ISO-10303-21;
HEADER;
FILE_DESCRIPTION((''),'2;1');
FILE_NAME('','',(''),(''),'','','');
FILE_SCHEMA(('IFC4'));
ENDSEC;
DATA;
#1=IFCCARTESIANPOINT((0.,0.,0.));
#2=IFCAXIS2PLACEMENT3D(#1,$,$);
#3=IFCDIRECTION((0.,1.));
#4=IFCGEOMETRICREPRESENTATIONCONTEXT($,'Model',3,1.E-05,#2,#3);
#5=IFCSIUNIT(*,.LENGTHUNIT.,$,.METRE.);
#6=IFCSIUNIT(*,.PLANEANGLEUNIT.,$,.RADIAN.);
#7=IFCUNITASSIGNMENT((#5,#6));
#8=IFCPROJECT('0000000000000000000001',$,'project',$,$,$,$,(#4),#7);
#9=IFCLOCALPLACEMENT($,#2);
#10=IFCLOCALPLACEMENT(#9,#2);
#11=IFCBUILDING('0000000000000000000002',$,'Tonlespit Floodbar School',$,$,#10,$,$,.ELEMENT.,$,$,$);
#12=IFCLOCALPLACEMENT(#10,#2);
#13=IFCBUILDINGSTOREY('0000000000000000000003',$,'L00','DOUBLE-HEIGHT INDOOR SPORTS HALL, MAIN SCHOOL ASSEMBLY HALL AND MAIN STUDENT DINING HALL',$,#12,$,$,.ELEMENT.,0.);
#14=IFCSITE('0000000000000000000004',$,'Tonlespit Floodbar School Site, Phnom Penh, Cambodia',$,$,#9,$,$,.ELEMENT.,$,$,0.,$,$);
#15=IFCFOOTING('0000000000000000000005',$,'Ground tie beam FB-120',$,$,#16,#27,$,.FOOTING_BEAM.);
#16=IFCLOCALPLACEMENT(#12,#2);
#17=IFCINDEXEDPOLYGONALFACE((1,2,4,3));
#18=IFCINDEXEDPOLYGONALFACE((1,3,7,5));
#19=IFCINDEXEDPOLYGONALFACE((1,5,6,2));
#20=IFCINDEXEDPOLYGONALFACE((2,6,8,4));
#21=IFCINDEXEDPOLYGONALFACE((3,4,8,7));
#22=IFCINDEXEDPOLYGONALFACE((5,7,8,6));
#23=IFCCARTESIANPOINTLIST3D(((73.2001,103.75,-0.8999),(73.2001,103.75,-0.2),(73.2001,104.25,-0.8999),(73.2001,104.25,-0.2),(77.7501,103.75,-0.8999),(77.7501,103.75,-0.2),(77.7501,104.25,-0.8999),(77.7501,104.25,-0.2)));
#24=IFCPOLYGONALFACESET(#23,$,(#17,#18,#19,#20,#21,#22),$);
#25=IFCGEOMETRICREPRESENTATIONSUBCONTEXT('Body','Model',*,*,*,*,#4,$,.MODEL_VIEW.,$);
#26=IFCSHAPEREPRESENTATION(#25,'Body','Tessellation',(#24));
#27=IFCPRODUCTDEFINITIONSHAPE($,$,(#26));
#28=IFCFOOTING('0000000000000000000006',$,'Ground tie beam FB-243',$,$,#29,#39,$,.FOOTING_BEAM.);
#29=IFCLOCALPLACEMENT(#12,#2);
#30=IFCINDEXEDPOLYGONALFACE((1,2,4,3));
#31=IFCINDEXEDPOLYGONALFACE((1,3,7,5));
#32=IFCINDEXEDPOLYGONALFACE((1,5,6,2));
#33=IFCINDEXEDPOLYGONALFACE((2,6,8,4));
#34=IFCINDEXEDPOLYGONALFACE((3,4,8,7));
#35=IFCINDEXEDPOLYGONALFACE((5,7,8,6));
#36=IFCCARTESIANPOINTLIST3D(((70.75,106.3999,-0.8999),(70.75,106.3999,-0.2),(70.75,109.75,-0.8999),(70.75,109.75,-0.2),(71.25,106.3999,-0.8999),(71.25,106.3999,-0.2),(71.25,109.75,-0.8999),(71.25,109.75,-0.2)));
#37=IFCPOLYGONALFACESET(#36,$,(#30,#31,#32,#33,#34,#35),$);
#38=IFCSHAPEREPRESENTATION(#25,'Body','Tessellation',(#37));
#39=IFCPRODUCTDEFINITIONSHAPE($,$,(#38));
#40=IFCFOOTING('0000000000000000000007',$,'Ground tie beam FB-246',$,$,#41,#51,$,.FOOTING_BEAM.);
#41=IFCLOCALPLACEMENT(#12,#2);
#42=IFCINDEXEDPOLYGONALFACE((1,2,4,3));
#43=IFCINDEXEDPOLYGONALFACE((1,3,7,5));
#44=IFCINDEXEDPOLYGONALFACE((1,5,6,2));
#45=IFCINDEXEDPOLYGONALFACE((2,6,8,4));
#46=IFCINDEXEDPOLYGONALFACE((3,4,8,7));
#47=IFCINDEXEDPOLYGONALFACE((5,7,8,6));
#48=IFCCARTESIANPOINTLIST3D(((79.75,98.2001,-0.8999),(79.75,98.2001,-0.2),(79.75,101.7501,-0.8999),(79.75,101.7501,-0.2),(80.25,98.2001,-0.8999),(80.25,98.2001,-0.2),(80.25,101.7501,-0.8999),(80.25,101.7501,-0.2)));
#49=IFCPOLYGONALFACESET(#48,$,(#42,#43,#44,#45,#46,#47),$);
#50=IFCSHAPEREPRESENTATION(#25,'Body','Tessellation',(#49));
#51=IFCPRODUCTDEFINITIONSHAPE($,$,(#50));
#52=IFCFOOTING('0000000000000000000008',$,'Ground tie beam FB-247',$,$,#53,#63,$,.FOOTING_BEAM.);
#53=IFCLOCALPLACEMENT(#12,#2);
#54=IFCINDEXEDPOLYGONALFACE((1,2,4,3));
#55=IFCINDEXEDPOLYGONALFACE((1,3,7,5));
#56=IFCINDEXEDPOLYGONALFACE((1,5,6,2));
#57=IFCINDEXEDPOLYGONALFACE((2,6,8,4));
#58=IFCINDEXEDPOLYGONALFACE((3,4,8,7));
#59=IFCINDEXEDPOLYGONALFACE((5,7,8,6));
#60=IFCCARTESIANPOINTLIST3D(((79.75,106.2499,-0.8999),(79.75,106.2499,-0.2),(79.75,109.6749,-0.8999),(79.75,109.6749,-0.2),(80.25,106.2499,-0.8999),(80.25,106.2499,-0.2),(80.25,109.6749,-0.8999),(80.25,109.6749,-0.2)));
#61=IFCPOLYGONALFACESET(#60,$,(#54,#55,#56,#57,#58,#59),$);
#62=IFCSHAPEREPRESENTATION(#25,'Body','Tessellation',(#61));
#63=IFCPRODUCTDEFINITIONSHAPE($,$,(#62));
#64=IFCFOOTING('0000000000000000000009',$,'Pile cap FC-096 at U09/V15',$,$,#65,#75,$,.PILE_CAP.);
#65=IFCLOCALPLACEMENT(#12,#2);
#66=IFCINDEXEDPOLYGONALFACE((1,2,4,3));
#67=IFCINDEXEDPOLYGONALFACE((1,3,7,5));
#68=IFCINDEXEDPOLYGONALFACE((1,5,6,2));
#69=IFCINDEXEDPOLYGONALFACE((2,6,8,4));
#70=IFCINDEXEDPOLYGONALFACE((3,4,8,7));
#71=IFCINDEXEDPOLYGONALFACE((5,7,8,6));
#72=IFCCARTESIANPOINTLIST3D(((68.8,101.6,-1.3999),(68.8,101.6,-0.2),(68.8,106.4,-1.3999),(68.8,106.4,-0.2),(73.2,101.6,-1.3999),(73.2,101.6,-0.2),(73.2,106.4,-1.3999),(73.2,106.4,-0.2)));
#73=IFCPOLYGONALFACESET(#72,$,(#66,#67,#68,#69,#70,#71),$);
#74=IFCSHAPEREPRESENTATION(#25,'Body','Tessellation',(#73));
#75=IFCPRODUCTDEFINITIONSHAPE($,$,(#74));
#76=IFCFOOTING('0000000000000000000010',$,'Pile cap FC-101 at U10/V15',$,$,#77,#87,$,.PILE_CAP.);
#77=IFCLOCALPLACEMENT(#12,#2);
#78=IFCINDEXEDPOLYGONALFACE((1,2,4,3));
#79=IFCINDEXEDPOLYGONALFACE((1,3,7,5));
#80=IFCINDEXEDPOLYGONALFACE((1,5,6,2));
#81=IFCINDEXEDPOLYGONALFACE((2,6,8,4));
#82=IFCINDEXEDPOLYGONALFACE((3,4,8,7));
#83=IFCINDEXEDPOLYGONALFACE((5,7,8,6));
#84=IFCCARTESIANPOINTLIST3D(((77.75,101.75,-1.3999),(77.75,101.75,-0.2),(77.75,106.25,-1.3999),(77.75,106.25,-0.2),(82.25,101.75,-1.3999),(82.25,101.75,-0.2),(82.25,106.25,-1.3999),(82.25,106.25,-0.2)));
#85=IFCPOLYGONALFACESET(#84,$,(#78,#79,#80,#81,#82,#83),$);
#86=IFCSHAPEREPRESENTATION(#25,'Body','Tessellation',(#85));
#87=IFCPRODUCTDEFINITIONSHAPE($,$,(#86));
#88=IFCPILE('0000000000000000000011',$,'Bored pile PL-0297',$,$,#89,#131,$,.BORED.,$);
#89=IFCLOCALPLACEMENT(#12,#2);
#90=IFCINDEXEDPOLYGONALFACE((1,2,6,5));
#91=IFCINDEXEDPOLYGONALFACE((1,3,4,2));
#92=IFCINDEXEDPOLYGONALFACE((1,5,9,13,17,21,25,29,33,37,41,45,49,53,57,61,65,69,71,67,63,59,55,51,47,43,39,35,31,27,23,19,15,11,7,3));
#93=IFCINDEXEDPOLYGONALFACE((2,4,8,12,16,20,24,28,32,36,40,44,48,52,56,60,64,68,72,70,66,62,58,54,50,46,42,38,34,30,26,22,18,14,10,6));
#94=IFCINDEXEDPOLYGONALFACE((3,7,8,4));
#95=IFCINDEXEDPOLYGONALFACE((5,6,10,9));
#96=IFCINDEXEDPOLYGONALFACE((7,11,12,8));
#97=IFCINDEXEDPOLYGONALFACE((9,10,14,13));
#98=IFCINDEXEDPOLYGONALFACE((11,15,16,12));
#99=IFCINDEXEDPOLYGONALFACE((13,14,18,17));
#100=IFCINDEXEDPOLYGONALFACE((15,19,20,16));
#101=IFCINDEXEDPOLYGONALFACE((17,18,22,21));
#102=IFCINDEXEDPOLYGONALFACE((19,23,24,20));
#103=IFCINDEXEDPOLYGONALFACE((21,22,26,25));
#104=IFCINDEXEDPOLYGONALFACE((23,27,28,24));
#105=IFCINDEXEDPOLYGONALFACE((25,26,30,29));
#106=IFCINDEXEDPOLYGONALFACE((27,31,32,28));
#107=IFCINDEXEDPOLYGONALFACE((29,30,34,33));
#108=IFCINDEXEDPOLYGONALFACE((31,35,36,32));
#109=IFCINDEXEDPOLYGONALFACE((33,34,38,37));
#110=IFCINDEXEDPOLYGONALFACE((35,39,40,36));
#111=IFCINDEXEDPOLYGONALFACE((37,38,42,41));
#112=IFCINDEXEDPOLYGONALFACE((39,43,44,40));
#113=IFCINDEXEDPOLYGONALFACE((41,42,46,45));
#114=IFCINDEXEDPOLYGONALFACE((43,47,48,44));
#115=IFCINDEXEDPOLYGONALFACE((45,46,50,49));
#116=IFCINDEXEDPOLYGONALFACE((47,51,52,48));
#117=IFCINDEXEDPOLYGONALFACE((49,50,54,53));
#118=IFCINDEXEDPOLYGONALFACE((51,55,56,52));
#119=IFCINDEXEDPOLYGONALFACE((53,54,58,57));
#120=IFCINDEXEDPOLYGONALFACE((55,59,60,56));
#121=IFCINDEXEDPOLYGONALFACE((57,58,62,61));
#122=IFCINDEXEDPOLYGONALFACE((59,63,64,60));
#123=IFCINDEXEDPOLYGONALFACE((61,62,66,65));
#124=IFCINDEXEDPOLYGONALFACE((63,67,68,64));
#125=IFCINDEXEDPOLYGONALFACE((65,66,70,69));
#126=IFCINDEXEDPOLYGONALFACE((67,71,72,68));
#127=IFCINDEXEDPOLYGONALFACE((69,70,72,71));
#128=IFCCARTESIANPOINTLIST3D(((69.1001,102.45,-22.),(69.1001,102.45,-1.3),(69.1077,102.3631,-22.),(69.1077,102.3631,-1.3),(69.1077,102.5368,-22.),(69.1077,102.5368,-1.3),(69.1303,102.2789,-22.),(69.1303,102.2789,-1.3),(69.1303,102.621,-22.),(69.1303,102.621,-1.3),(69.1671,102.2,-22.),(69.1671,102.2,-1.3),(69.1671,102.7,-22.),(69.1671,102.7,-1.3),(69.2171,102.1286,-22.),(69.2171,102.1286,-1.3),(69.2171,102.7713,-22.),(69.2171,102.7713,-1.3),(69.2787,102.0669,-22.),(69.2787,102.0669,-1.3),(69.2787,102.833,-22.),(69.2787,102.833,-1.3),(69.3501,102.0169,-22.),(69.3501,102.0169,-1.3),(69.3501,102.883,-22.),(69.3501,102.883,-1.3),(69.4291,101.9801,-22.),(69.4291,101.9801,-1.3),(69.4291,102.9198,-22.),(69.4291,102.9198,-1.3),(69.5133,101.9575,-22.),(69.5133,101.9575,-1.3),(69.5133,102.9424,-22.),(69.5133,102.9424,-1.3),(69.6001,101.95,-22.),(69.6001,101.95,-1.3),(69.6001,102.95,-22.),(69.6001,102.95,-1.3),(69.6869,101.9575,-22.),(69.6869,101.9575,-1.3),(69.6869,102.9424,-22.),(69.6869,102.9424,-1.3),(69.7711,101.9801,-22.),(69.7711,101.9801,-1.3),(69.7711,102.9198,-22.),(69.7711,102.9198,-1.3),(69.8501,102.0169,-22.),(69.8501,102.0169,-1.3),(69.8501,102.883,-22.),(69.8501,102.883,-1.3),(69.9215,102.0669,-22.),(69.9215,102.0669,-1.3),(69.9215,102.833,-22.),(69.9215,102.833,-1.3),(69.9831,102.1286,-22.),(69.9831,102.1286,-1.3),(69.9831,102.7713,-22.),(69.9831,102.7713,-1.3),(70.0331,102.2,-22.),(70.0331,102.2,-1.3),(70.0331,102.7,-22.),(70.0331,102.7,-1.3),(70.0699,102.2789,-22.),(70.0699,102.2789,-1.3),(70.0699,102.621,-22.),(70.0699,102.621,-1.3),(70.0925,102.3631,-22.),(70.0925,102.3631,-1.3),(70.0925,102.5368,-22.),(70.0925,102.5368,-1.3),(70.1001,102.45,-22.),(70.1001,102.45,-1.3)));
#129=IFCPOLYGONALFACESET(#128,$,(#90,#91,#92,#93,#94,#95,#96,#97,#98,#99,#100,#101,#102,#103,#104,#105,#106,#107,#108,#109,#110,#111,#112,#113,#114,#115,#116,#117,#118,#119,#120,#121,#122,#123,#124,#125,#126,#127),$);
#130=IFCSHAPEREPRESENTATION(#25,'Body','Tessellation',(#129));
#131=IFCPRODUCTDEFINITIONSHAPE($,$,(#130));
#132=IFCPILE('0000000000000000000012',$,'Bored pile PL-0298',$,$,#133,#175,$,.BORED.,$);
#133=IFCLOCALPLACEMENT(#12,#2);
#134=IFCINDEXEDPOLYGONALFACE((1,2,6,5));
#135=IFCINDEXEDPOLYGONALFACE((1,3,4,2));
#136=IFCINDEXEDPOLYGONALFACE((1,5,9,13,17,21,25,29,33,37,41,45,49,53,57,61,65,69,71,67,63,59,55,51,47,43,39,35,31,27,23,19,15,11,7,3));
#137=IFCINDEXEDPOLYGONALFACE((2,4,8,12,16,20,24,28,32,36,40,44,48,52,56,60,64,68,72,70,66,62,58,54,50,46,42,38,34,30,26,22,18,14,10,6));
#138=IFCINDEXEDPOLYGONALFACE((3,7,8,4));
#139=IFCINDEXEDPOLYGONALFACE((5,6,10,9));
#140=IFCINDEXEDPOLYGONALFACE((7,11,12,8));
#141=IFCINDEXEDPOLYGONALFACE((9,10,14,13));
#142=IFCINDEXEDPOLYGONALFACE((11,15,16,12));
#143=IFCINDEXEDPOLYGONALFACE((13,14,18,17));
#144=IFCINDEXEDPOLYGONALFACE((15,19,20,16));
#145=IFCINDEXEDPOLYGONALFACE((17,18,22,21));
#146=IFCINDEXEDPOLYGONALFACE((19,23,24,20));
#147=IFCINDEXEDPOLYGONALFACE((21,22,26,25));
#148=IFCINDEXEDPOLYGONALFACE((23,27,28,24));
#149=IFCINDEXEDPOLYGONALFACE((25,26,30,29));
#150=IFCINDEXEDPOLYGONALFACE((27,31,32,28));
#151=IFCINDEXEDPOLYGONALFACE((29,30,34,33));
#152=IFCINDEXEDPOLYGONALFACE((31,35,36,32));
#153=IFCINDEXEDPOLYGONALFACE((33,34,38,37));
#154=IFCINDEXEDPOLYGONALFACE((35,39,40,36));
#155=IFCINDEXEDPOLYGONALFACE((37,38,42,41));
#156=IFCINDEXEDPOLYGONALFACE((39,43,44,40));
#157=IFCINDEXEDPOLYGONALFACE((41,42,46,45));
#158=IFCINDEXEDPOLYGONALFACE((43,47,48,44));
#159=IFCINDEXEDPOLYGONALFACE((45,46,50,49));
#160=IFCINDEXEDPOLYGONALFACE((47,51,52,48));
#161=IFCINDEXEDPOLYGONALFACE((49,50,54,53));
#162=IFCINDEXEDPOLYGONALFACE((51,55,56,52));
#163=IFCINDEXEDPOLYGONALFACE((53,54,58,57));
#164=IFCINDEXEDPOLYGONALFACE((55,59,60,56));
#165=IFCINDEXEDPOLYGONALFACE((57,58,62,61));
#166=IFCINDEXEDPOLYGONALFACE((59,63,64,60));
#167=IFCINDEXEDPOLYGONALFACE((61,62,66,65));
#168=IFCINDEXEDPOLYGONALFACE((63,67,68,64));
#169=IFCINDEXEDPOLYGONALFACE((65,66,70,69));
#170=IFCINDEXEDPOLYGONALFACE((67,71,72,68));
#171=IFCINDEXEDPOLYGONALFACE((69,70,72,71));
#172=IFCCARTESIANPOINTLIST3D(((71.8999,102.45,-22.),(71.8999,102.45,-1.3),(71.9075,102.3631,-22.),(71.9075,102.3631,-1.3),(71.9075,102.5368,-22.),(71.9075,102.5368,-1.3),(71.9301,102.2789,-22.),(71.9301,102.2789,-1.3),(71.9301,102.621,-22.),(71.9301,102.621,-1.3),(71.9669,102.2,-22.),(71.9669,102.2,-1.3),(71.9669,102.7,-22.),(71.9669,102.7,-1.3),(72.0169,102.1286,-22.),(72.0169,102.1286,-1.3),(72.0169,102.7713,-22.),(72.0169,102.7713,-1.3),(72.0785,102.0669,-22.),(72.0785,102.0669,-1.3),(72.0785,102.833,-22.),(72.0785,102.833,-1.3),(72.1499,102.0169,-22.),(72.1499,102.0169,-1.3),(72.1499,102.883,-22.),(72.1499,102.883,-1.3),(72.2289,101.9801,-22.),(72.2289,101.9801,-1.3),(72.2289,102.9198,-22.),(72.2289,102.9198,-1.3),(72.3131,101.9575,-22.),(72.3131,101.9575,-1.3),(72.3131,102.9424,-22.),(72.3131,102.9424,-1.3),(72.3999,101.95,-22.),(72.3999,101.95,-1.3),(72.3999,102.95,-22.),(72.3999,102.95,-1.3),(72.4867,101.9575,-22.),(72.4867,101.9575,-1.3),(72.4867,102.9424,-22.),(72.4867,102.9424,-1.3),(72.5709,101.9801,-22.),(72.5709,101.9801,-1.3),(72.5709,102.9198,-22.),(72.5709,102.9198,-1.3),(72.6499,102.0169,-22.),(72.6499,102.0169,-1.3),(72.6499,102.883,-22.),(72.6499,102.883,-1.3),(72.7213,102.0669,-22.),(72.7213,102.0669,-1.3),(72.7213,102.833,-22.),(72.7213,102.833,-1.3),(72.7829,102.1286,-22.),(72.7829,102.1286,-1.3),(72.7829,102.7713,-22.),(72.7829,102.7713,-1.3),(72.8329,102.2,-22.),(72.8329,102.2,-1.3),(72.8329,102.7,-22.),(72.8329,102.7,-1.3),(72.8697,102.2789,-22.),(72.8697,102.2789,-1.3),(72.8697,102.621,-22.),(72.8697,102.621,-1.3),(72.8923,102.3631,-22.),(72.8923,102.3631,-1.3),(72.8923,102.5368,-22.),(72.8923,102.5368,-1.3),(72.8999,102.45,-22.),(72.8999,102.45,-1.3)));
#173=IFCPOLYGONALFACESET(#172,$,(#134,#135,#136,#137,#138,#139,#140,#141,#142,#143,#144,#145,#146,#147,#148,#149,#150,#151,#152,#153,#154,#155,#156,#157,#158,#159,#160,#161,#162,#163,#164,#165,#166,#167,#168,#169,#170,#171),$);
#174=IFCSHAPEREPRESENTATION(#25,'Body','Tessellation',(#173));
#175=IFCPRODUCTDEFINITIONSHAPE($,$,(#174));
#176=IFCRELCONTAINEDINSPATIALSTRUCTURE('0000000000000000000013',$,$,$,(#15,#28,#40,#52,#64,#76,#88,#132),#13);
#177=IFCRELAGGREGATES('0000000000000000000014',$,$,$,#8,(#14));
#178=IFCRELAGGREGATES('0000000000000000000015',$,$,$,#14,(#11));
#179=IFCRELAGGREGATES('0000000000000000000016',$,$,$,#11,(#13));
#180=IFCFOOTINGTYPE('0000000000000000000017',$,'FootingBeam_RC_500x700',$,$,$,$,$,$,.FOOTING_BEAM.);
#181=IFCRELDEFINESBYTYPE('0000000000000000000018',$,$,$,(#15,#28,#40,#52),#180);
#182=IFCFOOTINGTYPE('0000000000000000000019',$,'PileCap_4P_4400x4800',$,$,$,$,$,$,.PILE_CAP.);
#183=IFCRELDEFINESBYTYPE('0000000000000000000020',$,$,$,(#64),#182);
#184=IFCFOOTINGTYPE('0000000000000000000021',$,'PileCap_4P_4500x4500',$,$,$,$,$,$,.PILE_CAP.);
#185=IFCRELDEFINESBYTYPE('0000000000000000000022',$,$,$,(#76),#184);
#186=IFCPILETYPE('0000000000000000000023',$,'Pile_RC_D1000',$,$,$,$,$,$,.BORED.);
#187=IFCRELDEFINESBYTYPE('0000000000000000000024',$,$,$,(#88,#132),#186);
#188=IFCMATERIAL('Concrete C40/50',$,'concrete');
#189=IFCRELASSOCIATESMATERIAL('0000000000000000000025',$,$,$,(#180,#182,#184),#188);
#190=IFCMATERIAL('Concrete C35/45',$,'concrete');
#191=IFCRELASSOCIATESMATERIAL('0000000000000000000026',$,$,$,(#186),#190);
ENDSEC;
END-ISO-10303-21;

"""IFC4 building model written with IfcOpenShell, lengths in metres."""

from ifc_helpers import new_model, si_unit, direction, frame, origin, origin_2d, place, context, subcontext, project, spatial, rectangle, circle, extrude, material, material_profile, profile_set, type_object, element, save


model = new_model("IFC4")

# Units and contexts
model_context = context("Model", 3, precision=1e-05, world=origin(), true_north=direction((0.0, 1.0)))
body_context = subcontext(model_context, "Body", "Model", "MODEL_VIEW")
ifc_project = project(units=[si_unit("LENGTHUNIT", "METRE"), si_unit("PLANEANGLEUNIT", "RADIAN")], contexts=[model_context])

# Site, building, storey
site_placement = place(None, origin())
site = spatial("IfcSite", under=ifc_project, at=site_placement, Name="Tonlespit Floodbar School Site, Phnom Penh, Cambodia", CompositionType="ELEMENT", RefElevation=0.0)
building_placement = place(site_placement, origin())
building = spatial("IfcBuilding", under=site, at=building_placement, Name="Tonlespit Floodbar School", CompositionType="ELEMENT")
storey_placement = place(building_placement, origin())
storey = spatial("IfcBuildingStorey", under=building, at=storey_placement, Name="L00", Description="DOUBLE-HEIGHT INDOOR SPORTS HALL, MAIN SCHOOL ASSEMBLY HALL AND MAIN STUDENT DINING HALL", CompositionType="ELEMENT", Elevation=0.0)

# Footings
ifc_material_1 = material(Name="Concrete C40/50", Category="concrete")
footing_type_1 = type_object("IfcFootingType", Name="FootingBeam_RC_500x700", PredefinedType="FOOTING_BEAM", material=ifc_material_1)
footing_1_placement = place(storey_placement, frame((75.4751, 104.0, -0.8999), z_axis=(0.0, 0.0, 1.0), x_axis=(1.0, 0.0, 0.0)))
element("IfcFooting", 1, at=footing_1_placement, inside=storey, type_object=footing_type_1, Name="Ground tie beam FB-120", PredefinedType="FOOTING_BEAM", context=body_context, shape_type="SweptSolid", body=[
    extrude(rectangle(XDim=4.55, YDim=0.5, at=origin_2d()), origin(), (0.0, 0.0, 1.0), 0.7),
])
footing_2_placement = place(storey_placement, frame((71.0, 108.075, -0.8999), z_axis=(0.0, 0.0, 1.0), x_axis=(0.0, 1.0, 0.0)))
element("IfcFooting", 2, at=footing_2_placement, inside=storey, type_object=footing_type_1, Name="Ground tie beam FB-243", PredefinedType="FOOTING_BEAM", context=body_context, shape_type="SweptSolid", body=[
    extrude(rectangle(XDim=3.3501, YDim=0.5, at=origin_2d()), origin(), (0.0, 0.0, 1.0), 0.7),
])
footing_3_placement = place(storey_placement, frame((80.0, 99.9751, -0.8999), z_axis=(0.0, 0.0, 1.0), x_axis=(0.0, 1.0, 0.0)))
element("IfcFooting", 3, at=footing_3_placement, inside=storey, type_object=footing_type_1, Name="Ground tie beam FB-246", PredefinedType="FOOTING_BEAM", context=body_context, shape_type="SweptSolid", body=[
    extrude(rectangle(XDim=3.55, YDim=0.5, at=origin_2d()), origin(), (0.0, 0.0, 1.0), 0.7),
])
footing_4_placement = place(storey_placement, frame((80.0, 107.9624, -0.8999), z_axis=(0.0, 0.0, 1.0), x_axis=(0.0, 1.0, 0.0)))
element("IfcFooting", 4, at=footing_4_placement, inside=storey, type_object=footing_type_1, Name="Ground tie beam FB-247", PredefinedType="FOOTING_BEAM", context=body_context, shape_type="SweptSolid", body=[
    extrude(rectangle(XDim=3.425, YDim=0.5, at=origin_2d()), origin(), (0.0, 0.0, 1.0), 0.7),
])
footing_type_2 = type_object("IfcFootingType", Name="PileCap_4P_4400x4800", PredefinedType="PILE_CAP", material=ifc_material_1)
footing_5_placement = place(storey_placement, frame((71.0, 104.0, -1.3999), z_axis=(0.0, 0.0, 1.0), x_axis=(1.0, 0.0, 0.0)))
element("IfcFooting", 5, at=footing_5_placement, inside=storey, type_object=footing_type_2, Name="Pile cap FC-096 at U09/V15", PredefinedType="PILE_CAP", context=body_context, shape_type="SweptSolid", body=[
    extrude(rectangle(XDim=4.3999, YDim=4.8, at=origin_2d()), origin(), (0.0, 0.0, 1.0), 1.2),
])
footing_type_3 = type_object("IfcFootingType", Name="PileCap_4P_4500x4500", PredefinedType="PILE_CAP", material=ifc_material_1)
footing_6_placement = place(storey_placement, frame((80.0, 104.0, -1.3999), z_axis=(0.0, 0.0, 1.0), x_axis=(1.0, 0.0, 0.0)))
element("IfcFooting", 6, at=footing_6_placement, inside=storey, type_object=footing_type_3, Name="Pile cap FC-101 at U10/V15", PredefinedType="PILE_CAP", context=body_context, shape_type="SweptSolid", body=[
    extrude(rectangle(XDim=4.5, YDim=4.5, at=origin_2d()), origin(), (0.0, 0.0, 1.0), 1.2),
])

# Piles
ifc_material_2 = material(Name="Concrete C35/45", Category="concrete")
ifc_material_profile_1 = material_profile(ifc_material_2, circle(Radius=0.5, at=origin_2d()), Name="BP D1000")
ifc_profile_set_1 = profile_set([ifc_material_profile_1], Name="Concrete C35/45")
pile_type = type_object("IfcPileType", Name="Pile_RC_D1000", PredefinedType="BORED", material=ifc_profile_set_1)
for number, where, z_axis, x_axis, name in (
    (7, (69.6001, 102.45, -1.3), (0.0, 0.0, -1.0), (1.0, 0.0, 0.0), "Bored pile PL-0297"),
    (8, (72.3999, 102.45, -1.3), (0.0, 0.0, -1.0), (1.0, 0.0, 0.0), "Bored pile PL-0298"),
):
    element("IfcPile", number, at=place(storey_placement, frame(where, z_axis=z_axis, x_axis=x_axis)), inside=storey, type_object=pile_type, Name=name, PredefinedType="BORED", context=body_context, shape_type="SweptSolid", body=[
        extrude(circle(Radius=0.5, at=origin_2d()), origin(), (0.0, 0.0, 1.0), 20.7),
    ])

save(model, "model.ifc")
